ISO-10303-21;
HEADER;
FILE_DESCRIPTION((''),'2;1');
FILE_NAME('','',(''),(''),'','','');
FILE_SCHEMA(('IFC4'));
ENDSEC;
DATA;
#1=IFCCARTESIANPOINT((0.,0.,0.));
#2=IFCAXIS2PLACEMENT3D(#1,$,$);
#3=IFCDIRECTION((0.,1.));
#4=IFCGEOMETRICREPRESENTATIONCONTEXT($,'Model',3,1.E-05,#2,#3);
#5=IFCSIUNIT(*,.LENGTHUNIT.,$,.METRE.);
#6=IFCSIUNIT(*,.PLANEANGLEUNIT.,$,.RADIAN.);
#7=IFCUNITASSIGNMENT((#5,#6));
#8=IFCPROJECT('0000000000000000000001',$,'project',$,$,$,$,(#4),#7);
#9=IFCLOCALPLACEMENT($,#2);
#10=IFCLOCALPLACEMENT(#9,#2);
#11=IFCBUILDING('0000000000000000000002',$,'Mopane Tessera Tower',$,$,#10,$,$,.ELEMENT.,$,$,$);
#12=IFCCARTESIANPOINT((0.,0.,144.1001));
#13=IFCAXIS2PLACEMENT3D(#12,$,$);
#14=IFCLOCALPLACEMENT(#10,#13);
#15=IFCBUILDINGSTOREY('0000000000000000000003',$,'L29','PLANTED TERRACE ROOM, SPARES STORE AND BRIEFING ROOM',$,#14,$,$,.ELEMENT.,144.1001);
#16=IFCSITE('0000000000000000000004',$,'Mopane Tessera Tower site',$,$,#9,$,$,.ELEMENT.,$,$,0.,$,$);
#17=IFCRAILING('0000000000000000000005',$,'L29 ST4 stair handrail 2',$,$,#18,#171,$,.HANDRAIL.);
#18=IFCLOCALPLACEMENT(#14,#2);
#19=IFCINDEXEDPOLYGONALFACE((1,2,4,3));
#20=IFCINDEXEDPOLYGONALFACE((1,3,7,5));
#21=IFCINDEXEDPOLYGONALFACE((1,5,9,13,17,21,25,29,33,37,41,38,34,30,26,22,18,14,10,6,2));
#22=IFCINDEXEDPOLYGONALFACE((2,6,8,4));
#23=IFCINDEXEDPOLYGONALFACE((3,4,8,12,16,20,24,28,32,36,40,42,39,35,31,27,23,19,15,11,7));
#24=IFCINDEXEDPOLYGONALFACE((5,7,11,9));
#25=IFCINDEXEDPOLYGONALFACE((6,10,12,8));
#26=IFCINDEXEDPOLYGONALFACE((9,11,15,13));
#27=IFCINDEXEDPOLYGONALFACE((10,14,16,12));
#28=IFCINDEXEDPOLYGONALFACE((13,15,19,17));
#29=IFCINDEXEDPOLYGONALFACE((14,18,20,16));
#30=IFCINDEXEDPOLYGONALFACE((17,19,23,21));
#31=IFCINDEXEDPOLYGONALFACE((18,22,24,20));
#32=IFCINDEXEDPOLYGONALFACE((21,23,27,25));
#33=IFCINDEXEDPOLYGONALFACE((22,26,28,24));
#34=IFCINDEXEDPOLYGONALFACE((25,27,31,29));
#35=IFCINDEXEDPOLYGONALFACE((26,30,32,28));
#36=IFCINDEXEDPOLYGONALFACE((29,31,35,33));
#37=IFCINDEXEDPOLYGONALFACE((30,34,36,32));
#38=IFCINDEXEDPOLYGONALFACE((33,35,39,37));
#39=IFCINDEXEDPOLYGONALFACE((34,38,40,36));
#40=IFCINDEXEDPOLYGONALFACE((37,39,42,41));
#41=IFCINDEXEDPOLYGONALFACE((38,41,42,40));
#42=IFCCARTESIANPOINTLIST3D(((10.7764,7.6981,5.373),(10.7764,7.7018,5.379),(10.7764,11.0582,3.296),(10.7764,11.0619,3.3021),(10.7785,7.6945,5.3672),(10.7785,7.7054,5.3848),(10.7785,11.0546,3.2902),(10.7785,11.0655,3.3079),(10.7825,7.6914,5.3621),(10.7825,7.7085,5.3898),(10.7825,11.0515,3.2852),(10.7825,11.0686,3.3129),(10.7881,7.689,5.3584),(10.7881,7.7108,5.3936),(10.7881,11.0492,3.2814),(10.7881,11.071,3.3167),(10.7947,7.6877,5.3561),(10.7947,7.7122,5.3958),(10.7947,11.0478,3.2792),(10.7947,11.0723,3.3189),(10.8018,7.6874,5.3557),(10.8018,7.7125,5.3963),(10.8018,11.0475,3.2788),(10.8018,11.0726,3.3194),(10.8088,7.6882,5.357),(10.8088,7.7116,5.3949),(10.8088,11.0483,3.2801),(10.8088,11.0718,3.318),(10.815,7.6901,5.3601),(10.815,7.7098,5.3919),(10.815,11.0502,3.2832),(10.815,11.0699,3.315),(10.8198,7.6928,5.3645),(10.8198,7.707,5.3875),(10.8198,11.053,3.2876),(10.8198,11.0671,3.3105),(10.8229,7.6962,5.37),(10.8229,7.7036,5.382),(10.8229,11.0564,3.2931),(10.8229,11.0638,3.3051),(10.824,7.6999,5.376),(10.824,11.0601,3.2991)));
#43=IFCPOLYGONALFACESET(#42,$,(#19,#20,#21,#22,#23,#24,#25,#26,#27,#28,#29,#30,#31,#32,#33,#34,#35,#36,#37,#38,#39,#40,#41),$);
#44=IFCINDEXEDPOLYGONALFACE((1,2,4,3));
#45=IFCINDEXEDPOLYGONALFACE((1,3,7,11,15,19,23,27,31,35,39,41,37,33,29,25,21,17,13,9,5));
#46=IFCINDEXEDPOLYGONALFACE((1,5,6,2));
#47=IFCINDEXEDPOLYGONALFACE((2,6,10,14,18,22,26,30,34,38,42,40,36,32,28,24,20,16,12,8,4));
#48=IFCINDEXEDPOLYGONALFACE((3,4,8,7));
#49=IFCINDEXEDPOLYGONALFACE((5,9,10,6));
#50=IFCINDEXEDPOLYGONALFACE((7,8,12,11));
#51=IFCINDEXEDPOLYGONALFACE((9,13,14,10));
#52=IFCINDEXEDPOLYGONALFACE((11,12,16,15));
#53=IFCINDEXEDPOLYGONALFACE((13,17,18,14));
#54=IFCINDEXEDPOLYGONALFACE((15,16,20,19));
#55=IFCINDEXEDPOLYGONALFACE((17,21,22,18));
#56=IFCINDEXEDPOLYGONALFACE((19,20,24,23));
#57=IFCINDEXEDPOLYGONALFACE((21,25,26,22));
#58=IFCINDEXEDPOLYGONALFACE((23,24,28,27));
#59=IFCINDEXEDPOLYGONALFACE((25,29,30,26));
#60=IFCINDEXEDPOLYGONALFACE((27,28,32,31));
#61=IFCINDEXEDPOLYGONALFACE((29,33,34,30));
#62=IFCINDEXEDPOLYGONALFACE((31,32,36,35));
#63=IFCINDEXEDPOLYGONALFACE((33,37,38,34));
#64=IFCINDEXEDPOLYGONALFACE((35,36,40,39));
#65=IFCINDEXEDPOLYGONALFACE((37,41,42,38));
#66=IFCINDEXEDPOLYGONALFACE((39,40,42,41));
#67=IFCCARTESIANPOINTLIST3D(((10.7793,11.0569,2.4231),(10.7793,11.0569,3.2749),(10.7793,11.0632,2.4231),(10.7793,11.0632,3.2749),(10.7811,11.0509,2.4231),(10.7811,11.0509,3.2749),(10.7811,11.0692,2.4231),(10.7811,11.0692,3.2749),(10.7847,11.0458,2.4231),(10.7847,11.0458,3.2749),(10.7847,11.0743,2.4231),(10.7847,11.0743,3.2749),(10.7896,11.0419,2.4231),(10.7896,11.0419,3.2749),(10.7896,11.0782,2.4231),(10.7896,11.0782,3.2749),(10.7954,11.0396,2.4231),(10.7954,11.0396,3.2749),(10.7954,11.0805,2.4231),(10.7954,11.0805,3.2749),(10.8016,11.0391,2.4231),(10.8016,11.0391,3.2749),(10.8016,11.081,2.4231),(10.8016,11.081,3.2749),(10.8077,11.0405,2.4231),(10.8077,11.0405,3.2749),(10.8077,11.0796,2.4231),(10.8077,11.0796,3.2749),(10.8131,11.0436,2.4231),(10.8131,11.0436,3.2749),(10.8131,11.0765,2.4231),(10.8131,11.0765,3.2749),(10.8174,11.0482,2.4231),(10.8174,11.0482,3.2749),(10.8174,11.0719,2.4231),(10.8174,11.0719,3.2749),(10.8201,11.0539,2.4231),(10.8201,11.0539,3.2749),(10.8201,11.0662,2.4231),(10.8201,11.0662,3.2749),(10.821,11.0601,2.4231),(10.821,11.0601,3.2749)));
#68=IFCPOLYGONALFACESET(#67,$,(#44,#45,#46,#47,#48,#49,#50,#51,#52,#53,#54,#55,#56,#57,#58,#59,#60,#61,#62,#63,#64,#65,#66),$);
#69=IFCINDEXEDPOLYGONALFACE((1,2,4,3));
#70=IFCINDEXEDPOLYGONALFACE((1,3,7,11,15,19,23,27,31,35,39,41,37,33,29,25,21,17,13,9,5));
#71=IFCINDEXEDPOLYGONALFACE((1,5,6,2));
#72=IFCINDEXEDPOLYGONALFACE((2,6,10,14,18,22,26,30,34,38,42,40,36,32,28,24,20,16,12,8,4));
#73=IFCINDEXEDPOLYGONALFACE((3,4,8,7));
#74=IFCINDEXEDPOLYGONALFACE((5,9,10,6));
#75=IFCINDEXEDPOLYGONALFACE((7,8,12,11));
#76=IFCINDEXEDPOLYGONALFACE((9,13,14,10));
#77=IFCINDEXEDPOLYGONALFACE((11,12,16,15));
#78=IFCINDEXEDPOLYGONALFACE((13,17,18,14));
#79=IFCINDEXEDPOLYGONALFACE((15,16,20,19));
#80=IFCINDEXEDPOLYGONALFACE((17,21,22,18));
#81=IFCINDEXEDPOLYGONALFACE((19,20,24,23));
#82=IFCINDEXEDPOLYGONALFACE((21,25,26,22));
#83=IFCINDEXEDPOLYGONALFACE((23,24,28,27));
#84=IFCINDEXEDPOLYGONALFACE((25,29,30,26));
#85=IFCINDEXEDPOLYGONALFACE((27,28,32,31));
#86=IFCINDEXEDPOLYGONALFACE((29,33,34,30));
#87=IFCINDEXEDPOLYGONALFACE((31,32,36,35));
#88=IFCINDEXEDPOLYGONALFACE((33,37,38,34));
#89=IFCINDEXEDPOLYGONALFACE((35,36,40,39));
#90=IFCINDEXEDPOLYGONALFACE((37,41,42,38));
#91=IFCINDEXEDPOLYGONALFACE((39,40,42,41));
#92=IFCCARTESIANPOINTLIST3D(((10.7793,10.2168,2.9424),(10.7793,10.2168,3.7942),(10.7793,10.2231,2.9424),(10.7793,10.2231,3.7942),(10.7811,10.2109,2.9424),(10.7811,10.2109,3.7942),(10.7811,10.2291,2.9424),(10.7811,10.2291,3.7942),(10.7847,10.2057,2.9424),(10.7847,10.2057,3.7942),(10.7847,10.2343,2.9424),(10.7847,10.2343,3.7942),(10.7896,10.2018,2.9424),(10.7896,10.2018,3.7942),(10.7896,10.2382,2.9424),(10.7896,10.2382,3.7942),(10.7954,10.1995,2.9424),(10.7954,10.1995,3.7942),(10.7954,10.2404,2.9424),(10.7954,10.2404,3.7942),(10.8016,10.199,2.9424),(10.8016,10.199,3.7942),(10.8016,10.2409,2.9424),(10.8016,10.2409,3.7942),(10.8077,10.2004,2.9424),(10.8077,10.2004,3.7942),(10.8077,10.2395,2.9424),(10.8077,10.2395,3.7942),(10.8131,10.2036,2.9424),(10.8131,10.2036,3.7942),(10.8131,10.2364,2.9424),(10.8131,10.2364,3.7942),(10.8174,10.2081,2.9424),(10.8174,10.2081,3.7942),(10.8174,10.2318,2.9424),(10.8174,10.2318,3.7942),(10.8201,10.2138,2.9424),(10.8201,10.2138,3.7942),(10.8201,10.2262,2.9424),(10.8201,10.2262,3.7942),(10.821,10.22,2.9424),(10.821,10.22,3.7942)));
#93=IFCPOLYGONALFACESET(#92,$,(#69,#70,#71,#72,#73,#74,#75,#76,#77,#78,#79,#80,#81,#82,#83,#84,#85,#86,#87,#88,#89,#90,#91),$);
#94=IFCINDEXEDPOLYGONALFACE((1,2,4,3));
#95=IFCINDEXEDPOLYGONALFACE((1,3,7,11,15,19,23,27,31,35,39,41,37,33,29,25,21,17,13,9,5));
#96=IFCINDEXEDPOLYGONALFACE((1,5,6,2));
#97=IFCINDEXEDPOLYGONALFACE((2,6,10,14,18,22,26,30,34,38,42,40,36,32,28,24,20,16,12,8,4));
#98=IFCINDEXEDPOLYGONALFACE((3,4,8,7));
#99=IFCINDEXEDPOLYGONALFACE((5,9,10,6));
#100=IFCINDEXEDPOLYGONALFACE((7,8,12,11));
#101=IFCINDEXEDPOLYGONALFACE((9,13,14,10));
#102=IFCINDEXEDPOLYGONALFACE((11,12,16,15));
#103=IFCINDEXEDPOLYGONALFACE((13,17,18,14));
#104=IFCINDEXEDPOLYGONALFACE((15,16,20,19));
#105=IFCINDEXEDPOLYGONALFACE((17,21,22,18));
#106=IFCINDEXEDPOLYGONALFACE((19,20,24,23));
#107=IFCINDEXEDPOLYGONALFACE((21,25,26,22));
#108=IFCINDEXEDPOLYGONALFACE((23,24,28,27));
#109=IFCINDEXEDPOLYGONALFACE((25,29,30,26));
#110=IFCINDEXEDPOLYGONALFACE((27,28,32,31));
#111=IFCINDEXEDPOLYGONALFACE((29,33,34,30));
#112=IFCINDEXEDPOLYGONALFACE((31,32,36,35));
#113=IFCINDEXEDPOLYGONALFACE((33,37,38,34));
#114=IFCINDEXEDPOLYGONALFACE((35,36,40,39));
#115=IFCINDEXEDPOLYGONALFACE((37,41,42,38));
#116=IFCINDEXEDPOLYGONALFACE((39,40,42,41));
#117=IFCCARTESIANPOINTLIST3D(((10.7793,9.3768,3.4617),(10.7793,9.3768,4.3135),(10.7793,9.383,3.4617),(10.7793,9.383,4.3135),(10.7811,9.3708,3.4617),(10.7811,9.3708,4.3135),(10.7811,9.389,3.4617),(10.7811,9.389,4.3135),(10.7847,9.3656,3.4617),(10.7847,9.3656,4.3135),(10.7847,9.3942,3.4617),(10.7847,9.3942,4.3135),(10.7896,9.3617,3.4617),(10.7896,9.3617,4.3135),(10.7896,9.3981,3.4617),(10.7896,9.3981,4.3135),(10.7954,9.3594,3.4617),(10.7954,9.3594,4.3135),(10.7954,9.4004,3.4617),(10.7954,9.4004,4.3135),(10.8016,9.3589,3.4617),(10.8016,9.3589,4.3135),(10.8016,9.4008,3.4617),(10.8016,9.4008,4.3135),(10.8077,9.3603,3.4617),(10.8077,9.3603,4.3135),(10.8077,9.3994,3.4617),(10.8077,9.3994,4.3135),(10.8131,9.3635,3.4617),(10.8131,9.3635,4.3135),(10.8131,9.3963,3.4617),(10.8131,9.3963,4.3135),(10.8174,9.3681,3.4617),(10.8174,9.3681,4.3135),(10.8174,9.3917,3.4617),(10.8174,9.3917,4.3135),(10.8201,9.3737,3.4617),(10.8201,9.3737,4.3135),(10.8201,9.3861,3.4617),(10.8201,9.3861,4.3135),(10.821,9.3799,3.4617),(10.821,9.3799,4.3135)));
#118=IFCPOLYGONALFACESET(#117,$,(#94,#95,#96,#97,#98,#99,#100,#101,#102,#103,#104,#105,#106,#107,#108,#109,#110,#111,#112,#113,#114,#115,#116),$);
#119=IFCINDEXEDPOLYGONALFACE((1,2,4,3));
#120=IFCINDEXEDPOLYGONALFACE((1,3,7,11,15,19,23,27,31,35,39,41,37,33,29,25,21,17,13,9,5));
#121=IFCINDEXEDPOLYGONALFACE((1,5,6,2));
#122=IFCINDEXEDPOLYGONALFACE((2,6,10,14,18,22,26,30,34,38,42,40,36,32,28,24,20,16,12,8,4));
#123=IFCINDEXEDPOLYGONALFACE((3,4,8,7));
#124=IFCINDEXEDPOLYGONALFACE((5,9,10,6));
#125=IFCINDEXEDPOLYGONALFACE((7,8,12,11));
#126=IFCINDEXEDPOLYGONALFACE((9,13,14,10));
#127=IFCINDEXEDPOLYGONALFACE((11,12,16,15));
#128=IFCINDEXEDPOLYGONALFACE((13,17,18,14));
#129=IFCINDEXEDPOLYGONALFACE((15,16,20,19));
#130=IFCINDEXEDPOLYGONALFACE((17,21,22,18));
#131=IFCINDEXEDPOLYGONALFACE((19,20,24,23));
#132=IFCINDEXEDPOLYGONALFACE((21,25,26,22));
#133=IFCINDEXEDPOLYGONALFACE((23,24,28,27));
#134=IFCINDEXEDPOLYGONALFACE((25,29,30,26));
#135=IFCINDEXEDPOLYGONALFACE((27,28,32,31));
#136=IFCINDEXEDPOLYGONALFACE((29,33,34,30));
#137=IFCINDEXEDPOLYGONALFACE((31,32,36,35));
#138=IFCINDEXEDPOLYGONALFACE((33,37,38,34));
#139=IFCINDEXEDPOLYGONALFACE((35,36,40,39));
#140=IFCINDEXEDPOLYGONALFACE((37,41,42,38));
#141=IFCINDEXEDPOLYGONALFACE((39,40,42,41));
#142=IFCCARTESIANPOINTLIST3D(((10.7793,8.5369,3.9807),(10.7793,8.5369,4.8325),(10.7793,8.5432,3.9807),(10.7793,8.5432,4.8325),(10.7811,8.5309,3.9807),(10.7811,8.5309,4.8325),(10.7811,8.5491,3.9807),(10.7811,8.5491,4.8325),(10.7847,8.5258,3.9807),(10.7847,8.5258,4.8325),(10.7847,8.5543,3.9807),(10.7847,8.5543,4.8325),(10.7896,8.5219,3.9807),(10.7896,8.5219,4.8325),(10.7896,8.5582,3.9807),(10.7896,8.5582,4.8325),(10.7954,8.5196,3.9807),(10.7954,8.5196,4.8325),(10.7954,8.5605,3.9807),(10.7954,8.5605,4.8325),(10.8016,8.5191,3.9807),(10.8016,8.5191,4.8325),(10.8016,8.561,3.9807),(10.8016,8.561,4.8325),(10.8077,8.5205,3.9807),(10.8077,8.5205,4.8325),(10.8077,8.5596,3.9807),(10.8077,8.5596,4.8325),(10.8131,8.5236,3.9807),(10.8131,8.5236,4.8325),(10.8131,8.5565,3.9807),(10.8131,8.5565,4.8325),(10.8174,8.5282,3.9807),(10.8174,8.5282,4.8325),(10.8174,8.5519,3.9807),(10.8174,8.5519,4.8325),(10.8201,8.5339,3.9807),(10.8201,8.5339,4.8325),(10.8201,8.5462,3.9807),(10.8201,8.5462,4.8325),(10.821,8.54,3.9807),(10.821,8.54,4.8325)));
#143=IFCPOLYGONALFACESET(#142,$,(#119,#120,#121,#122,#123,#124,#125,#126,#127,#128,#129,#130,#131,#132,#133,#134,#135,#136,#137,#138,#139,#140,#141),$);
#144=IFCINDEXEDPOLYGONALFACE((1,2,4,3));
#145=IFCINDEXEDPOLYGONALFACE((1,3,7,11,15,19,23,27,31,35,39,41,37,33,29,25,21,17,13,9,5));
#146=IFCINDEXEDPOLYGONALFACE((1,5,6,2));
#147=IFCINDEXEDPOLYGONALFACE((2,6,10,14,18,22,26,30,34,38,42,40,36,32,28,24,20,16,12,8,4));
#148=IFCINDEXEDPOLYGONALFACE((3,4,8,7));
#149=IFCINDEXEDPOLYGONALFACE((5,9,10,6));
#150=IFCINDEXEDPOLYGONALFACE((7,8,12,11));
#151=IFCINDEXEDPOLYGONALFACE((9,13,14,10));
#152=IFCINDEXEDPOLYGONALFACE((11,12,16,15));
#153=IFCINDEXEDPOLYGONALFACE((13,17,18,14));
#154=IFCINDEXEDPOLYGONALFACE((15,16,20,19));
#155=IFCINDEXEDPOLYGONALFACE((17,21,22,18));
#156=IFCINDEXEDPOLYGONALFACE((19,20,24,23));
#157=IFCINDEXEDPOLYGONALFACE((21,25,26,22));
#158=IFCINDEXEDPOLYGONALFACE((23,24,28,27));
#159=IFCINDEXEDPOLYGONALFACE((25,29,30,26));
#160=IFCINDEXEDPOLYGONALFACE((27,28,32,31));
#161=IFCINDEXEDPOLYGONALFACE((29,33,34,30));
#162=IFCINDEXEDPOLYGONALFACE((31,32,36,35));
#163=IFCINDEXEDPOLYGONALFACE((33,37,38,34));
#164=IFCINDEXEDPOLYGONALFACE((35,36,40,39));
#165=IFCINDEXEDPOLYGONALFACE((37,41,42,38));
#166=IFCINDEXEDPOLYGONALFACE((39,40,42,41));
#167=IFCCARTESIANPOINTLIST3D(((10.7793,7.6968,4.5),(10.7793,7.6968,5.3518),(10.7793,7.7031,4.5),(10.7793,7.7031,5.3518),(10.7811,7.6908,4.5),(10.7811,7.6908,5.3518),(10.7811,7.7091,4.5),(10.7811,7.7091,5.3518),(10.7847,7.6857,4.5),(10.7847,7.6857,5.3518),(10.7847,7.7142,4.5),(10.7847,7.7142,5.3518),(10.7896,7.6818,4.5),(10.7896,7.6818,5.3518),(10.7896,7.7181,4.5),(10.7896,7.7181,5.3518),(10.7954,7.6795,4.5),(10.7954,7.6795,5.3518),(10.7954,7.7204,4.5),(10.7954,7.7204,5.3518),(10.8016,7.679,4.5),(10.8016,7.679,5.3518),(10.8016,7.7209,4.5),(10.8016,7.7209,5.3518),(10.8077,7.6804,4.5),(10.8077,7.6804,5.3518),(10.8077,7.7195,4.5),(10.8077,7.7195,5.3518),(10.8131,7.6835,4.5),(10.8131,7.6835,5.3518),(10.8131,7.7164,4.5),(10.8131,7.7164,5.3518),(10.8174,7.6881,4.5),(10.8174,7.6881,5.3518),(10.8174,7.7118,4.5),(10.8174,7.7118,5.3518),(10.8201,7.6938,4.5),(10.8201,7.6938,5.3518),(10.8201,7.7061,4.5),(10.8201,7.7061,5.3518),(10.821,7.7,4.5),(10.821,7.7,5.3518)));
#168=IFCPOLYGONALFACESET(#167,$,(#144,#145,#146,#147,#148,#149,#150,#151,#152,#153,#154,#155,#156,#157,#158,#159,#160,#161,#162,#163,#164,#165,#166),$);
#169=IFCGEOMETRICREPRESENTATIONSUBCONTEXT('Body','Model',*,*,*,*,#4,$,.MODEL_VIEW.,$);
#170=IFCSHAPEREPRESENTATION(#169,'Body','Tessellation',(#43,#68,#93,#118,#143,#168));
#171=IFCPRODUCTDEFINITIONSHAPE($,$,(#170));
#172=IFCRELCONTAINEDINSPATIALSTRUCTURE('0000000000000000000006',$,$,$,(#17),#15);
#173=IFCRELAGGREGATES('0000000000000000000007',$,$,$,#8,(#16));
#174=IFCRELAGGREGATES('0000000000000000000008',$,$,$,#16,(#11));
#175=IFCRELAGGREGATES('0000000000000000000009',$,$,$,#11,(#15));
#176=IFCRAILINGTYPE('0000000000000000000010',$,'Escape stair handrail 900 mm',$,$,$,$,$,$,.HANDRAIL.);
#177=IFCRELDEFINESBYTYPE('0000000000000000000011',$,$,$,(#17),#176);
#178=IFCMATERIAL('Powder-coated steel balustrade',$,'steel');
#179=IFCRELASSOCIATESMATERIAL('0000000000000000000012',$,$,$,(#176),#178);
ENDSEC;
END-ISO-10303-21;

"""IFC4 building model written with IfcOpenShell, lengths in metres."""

from ifc_helpers import new_model, si_unit, direction, frame, origin, origin_2d, place, context, subcontext, project, spatial, circle, extrude, material, type_object, element, save


model = new_model("IFC4")

# Units and contexts
model_context = context("Model", 3, precision=1e-05, world=origin(), true_north=direction((0.0, 1.0)))
body_context = subcontext(model_context, "Body", "Model", "MODEL_VIEW")
ifc_project = project(units=[si_unit("LENGTHUNIT", "METRE"), si_unit("PLANEANGLEUNIT", "RADIAN")], contexts=[model_context])

# Site, building, storey
site_placement = place(None, origin())
site = spatial("IfcSite", under=ifc_project, at=site_placement, Name="Mopane Tessera Tower site", CompositionType="ELEMENT", RefElevation=0.0)
building_placement = place(site_placement, origin())
building = spatial("IfcBuilding", under=site, at=building_placement, Name="Mopane Tessera Tower", CompositionType="ELEMENT")
storey_placement = place(building_placement, frame((0.0, 0.0, 144.1001)))
storey = spatial("IfcBuildingStorey", under=building, at=storey_placement, Name="L29", Description="PLANTED TERRACE ROOM, SPARES STORE AND BRIEFING ROOM", CompositionType="ELEMENT", Elevation=144.1001)

# Railing
ifc_material_1 = material(Name="Powder-coated steel balustrade", Category="steel")
railing_type_1 = type_object("IfcRailingType", Name="Escape stair handrail 900 mm", PredefinedType="HANDRAIL", material=ifc_material_1)
railing_1_placement = place(storey_placement, frame((10.8, 11.0601, 2.4231)))
element("IfcRailing", 1, at=railing_1_placement, inside=storey, type_object=railing_type_1, Name="L29 ST4 stair handrail 2", PredefinedType="HANDRAIL", context=body_context, shape_type="SweptSolid", body=[
    extrude(circle(Radius=0.0239, at=origin_2d()), frame((0.0, 0.0, 0.876), z_axis=(0.0, -0.850623, 0.525776), x_axis=(1.0, 0.0, 0.0)), (0.0, 0.0, 1.0), 3.9502),
    extrude(circle(Radius=0.021, at=origin_2d()), origin(), (0.0, 0.0, 1.0), 0.8518),
    extrude(circle(Radius=0.021, at=origin_2d()), frame((0.0, -0.8401, 0.5193)), (0.0, 0.0, 1.0), 0.8518),
    extrude(circle(Radius=0.021, at=origin_2d()), frame((0.0, -1.6802, 1.0386)), (0.0, 0.0, 1.0), 0.8518),
    extrude(circle(Radius=0.021, at=origin_2d()), frame((0.0, -2.52, 1.5576)), (0.0, 0.0, 1.0), 0.8518),
    extrude(circle(Radius=0.021, at=origin_2d()), frame((0.0, -3.3601, 2.0769)), (0.0, 0.0, 1.0), 0.8518),
])

save(model, "model.ifc")
